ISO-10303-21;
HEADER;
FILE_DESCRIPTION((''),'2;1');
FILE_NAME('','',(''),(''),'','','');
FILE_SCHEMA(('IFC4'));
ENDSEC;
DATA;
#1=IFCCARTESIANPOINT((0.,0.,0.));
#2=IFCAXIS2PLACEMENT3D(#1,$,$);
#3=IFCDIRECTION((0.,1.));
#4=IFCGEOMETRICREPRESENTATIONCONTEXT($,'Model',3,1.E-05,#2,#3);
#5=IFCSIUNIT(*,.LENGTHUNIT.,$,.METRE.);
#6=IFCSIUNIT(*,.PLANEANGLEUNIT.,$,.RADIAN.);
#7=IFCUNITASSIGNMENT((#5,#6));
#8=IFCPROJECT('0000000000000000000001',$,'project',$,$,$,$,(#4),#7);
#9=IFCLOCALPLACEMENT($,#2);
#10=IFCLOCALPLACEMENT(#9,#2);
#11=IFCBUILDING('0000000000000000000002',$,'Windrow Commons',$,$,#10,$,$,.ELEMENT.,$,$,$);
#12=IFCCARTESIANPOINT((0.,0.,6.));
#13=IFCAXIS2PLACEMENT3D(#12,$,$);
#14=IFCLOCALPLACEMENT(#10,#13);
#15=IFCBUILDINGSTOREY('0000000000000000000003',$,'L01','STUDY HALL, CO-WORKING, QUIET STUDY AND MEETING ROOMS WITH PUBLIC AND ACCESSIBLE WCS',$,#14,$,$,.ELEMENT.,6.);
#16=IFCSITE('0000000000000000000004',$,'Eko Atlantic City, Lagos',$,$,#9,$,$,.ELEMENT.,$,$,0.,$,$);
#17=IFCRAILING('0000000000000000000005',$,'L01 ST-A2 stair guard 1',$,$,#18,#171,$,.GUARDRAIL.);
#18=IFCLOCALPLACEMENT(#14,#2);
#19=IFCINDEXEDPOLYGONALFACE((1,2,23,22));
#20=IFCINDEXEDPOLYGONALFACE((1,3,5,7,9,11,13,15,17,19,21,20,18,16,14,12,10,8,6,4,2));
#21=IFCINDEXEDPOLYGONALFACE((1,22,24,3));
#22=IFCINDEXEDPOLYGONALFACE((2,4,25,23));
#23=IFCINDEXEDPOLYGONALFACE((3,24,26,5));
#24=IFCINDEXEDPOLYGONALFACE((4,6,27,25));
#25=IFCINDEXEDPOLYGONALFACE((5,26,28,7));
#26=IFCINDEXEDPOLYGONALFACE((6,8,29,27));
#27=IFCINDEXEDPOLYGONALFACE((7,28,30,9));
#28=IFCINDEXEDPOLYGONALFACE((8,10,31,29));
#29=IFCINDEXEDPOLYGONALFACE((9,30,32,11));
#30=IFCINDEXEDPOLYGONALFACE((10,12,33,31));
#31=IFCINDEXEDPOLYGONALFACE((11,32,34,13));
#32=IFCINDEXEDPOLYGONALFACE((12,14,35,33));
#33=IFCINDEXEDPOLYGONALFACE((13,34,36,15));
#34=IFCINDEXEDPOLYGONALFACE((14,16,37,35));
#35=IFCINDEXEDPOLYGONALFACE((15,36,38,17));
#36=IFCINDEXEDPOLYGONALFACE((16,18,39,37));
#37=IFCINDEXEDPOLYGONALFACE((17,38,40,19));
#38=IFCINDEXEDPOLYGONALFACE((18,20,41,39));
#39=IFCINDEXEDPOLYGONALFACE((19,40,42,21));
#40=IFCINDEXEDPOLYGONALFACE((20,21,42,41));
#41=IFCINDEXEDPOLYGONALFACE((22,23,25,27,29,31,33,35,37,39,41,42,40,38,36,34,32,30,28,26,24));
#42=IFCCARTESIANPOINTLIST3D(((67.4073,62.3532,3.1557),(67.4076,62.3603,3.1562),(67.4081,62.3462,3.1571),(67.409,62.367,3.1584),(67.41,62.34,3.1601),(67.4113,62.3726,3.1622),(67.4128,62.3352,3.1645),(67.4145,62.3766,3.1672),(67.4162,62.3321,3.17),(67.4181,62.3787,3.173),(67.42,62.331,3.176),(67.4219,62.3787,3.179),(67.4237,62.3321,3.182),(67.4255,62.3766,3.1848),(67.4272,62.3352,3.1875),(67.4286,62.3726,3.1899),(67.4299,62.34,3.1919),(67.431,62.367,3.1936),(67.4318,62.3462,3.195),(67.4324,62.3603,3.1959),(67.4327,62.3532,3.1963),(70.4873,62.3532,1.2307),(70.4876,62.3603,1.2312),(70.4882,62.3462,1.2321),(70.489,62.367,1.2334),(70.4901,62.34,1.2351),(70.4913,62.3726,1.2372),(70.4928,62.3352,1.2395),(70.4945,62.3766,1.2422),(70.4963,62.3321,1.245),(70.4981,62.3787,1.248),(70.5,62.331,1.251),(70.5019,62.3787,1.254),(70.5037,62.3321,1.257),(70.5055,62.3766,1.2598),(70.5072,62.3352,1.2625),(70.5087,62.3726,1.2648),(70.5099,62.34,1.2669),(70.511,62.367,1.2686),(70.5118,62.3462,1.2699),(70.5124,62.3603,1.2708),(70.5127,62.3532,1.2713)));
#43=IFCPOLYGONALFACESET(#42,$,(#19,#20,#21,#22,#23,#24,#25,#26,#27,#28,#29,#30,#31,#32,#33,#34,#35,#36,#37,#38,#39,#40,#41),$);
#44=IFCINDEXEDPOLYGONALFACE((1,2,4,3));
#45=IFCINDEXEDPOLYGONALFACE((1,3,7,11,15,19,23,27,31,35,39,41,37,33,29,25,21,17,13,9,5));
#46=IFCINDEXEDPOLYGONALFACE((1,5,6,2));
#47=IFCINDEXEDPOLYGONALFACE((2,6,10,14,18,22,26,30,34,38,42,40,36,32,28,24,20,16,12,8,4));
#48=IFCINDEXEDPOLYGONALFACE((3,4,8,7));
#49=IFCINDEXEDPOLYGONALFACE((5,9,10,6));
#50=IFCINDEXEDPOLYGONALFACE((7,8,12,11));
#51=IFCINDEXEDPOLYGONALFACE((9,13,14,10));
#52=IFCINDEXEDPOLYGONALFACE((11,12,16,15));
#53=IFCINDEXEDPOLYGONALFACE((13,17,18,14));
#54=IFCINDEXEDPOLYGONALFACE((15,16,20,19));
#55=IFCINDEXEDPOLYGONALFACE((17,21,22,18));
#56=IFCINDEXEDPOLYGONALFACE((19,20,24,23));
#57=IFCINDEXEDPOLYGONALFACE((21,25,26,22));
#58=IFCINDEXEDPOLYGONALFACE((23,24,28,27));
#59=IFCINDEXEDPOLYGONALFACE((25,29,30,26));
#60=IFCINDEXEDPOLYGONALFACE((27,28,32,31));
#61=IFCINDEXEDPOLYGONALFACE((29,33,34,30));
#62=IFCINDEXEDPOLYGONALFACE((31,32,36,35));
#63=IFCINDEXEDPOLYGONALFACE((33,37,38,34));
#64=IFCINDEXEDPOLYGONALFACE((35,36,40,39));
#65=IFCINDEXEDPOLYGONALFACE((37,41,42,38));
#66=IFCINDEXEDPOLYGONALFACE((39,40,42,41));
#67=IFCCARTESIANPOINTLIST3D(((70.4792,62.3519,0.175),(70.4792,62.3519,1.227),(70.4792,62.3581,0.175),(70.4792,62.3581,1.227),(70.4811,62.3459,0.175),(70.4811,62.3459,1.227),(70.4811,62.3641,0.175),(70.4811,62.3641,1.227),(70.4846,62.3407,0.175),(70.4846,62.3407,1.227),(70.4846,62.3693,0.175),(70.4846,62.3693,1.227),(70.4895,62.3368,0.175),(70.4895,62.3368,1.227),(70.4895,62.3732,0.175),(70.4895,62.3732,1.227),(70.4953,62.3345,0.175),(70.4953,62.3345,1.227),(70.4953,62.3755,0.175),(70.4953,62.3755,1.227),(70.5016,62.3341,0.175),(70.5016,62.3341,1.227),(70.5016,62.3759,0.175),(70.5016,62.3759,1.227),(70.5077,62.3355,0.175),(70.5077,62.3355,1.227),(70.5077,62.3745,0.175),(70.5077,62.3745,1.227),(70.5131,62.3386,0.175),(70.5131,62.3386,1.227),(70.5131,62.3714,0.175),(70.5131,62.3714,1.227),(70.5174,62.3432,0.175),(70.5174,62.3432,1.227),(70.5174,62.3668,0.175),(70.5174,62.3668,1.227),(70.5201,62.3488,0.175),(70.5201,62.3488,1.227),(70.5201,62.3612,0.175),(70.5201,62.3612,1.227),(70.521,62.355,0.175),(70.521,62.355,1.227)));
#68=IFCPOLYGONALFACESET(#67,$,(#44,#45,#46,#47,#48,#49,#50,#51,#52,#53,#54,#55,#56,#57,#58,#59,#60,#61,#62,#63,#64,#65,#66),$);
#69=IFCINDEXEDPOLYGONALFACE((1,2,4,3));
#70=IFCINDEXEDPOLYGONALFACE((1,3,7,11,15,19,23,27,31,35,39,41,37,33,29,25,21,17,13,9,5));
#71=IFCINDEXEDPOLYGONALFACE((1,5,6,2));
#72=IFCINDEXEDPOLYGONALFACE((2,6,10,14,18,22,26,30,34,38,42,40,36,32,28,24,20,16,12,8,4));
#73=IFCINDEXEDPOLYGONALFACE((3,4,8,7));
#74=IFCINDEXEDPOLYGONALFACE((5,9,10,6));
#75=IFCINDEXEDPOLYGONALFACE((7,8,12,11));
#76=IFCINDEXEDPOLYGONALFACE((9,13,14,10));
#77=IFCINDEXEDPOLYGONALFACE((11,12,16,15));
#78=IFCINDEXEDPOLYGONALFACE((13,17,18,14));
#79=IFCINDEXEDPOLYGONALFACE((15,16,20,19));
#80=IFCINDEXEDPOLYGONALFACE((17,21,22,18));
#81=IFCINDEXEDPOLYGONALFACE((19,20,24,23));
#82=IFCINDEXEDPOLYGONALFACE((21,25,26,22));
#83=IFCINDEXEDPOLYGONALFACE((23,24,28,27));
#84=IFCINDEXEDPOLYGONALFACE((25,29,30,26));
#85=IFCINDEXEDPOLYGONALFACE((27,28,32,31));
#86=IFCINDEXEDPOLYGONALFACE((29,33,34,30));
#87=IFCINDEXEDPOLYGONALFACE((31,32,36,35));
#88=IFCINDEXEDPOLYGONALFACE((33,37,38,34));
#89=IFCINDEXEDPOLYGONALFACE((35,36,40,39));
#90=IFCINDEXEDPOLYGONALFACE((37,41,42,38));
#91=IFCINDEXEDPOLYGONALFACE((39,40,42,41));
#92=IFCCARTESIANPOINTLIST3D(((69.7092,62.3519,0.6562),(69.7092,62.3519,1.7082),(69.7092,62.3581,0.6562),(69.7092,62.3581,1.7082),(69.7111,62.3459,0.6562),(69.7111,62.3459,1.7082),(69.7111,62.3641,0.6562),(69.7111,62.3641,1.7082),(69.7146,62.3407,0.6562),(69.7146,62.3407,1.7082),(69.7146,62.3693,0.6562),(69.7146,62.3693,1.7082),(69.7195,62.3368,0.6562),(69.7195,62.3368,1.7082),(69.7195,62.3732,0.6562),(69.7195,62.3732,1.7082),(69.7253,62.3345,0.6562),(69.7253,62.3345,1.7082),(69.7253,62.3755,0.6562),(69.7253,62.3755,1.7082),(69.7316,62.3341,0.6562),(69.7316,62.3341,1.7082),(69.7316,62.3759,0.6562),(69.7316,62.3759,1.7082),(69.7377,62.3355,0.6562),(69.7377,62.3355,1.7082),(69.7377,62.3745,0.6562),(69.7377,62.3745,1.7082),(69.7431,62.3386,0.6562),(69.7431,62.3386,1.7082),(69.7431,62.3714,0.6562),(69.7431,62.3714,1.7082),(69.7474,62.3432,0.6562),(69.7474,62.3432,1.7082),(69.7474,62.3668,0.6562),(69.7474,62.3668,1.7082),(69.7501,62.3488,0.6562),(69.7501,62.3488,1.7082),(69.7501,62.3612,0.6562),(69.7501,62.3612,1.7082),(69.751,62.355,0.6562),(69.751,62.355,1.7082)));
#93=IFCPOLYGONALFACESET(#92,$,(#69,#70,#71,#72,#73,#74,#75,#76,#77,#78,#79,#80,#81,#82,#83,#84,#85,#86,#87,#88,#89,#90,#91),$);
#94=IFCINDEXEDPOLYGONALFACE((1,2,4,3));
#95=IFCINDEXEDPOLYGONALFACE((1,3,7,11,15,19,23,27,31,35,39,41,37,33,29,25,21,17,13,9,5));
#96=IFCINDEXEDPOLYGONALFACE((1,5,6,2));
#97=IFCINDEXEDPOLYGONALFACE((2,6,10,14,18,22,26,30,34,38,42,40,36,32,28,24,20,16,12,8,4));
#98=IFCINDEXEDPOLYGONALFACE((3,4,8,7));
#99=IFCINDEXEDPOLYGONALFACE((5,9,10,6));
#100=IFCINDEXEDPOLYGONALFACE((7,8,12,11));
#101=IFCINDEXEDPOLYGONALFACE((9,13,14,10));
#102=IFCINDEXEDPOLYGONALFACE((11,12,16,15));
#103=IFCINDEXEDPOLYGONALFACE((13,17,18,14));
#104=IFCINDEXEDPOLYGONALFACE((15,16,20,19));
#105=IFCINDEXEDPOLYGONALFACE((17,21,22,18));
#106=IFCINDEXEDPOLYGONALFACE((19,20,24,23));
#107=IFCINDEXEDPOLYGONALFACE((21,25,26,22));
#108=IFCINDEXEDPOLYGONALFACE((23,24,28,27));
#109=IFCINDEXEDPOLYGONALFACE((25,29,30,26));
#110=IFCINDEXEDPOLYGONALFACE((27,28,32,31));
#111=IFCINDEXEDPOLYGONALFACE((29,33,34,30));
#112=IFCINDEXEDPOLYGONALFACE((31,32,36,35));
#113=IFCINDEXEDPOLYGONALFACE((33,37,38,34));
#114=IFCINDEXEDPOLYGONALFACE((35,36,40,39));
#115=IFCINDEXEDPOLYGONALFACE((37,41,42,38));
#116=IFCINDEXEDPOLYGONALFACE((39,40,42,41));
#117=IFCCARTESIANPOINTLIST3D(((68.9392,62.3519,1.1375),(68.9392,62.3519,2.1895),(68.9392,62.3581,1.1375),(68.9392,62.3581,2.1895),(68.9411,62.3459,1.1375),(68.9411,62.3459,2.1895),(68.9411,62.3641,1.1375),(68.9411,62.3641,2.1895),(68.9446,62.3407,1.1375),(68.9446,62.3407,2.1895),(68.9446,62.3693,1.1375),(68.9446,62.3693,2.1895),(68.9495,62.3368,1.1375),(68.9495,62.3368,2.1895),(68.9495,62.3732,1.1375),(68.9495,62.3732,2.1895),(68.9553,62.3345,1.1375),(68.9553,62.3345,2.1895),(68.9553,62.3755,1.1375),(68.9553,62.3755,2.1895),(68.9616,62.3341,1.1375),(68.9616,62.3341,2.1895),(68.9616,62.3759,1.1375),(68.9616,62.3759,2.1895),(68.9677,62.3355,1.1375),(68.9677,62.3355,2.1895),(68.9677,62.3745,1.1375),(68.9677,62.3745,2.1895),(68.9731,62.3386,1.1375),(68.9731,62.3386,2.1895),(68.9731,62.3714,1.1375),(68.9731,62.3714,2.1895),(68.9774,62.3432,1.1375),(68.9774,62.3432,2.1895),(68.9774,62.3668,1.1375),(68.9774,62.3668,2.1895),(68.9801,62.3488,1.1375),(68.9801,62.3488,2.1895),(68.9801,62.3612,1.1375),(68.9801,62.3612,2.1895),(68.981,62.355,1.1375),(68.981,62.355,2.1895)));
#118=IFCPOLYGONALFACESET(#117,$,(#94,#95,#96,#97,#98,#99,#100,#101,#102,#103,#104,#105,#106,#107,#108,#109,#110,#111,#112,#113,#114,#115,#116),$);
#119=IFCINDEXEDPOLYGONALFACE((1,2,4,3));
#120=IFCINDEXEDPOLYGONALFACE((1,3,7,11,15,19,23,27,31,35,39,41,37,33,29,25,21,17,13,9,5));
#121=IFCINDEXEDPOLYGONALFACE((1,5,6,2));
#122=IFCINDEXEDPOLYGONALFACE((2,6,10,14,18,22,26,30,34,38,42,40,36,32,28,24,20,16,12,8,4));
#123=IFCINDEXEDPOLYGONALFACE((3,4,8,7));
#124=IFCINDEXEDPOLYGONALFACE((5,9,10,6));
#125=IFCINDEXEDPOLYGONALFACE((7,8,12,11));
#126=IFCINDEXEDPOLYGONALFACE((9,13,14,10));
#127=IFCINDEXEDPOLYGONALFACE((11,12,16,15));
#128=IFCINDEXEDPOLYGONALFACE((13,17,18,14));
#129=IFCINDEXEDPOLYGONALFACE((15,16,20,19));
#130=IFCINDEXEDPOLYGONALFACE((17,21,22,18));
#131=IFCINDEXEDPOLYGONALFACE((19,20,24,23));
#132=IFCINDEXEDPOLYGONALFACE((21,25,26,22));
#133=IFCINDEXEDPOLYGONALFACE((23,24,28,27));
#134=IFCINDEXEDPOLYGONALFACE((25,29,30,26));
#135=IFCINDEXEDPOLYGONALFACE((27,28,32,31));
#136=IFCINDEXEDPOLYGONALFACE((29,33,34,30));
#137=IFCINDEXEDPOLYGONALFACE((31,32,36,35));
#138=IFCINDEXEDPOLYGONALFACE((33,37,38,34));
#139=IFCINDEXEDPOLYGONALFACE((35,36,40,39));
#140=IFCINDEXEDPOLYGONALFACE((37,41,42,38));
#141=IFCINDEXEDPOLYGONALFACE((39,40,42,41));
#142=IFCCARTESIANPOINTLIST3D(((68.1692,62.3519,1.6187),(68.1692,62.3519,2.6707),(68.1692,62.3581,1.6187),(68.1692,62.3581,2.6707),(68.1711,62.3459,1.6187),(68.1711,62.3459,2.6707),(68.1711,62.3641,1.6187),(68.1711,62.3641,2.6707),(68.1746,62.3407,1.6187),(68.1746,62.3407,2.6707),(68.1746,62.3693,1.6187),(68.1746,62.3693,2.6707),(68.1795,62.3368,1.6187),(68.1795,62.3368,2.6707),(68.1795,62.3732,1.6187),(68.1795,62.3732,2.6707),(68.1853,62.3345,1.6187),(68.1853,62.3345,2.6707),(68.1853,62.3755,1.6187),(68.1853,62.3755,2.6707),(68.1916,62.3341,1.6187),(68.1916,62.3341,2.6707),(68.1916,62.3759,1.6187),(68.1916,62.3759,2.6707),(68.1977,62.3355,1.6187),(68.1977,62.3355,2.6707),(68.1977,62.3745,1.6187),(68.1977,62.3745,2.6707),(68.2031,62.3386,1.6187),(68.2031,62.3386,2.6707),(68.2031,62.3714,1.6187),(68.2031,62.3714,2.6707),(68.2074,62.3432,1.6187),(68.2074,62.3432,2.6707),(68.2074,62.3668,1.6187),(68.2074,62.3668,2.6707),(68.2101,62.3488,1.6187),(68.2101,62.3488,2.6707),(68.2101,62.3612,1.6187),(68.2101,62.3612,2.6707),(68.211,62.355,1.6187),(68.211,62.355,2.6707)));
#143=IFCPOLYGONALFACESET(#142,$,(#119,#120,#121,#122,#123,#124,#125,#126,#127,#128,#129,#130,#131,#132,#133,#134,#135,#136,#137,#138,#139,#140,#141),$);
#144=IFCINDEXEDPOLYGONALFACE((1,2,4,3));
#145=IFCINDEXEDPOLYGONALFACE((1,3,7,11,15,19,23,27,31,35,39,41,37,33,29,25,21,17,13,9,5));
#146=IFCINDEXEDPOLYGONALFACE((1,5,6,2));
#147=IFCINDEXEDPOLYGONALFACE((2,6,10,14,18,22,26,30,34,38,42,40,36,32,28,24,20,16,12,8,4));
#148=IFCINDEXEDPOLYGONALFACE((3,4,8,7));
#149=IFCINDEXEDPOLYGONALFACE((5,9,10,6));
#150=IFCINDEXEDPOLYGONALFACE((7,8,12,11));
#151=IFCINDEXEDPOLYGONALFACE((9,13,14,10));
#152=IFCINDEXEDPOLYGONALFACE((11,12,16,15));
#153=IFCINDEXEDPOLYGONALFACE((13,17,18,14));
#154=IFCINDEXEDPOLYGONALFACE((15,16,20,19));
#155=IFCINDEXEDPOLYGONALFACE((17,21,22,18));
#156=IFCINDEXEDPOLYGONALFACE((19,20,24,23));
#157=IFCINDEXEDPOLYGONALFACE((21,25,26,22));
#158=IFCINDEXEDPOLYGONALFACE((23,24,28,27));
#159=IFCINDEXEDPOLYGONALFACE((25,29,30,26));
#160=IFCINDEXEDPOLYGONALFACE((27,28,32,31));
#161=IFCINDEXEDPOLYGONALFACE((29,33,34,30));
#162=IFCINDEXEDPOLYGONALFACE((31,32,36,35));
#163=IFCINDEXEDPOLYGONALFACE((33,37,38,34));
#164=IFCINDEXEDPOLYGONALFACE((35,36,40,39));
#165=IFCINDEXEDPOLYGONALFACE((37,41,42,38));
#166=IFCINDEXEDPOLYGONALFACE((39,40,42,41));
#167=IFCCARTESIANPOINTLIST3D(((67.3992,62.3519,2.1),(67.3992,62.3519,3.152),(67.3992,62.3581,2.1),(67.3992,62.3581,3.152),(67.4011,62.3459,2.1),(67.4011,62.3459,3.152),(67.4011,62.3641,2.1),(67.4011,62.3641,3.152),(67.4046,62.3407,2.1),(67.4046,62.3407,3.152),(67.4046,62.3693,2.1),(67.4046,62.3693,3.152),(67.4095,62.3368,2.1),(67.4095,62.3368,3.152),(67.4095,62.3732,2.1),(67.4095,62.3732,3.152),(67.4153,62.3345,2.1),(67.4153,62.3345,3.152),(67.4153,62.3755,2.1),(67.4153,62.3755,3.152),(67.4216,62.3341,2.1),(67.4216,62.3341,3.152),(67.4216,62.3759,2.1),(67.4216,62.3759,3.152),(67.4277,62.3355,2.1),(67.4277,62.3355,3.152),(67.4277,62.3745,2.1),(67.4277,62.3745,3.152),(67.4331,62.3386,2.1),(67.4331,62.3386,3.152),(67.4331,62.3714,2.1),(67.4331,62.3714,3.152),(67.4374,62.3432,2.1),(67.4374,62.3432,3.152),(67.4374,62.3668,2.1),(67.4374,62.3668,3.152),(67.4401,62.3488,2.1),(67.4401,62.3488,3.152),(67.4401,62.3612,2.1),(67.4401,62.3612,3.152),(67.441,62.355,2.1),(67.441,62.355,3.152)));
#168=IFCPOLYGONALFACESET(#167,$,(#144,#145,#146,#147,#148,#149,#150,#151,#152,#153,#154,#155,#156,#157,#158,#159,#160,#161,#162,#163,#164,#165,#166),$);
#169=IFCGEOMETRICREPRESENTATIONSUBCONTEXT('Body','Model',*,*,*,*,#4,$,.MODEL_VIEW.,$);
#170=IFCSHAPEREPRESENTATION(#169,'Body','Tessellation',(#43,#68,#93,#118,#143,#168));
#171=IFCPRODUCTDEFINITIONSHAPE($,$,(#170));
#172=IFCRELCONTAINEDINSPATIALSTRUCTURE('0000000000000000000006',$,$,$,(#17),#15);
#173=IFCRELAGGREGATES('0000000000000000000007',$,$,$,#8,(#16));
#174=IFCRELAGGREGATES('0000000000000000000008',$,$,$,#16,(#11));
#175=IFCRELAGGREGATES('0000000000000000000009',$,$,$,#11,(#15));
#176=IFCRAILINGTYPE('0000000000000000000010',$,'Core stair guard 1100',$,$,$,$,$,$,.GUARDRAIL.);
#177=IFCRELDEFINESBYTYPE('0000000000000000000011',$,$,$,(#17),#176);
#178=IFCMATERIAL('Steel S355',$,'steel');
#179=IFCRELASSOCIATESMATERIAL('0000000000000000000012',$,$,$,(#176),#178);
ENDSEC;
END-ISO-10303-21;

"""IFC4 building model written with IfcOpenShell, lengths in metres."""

from ifc_helpers import new_model, si_unit, direction, frame, origin, origin_2d, place, context, subcontext, project, spatial, circle, extrude, material, type_object, element, save


model = new_model("IFC4")

# Units and contexts
model_context = context("Model", 3, precision=1e-05, world=origin(), true_north=direction((0.0, 1.0)))
body_context = subcontext(model_context, "Body", "Model", "MODEL_VIEW")
ifc_project = project(units=[si_unit("LENGTHUNIT", "METRE"), si_unit("PLANEANGLEUNIT", "RADIAN")], contexts=[model_context])

# Site, building, storey
site_placement = place(None, origin())
site = spatial("IfcSite", under=ifc_project, at=site_placement, Name="Eko Atlantic City, Lagos", CompositionType="ELEMENT", RefElevation=0.0)
building_placement = place(site_placement, origin())
building = spatial("IfcBuilding", under=site, at=building_placement, Name="Windrow Commons", CompositionType="ELEMENT")
storey_placement = place(building_placement, frame((0.0, 0.0, 6.0)))
storey = spatial("IfcBuildingStorey", under=building, at=storey_placement, Name="L01", Description="STUDY HALL, CO-WORKING, QUIET STUDY AND MEETING ROOMS WITH PUBLIC AND ACCESSIBLE WCS", CompositionType="ELEMENT", Elevation=6.0)

# Railing
ifc_material_1 = material(Name="Steel S355", Category="steel")
railing_type_1 = type_object("IfcRailingType", Name="Core stair guard 1100", PredefinedType="GUARDRAIL", material=ifc_material_1)
railing_1_placement = place(storey_placement, frame((70.5, 62.355, 0.175)))
element("IfcRailing", 1, at=railing_1_placement, inside=storey, type_object=railing_type_1, Name="L01 ST-A2 stair guard 1", PredefinedType="GUARDRAIL", context=body_context, shape_type="SweptSolid", body=[
    extrude(circle(Radius=0.024, at=origin_2d()), frame((0.0, 0.0, 1.076), z_axis=(-0.847998, 0.0, 0.529999), x_axis=(0.0, -1.0, 0.0)), (0.0, 0.0, 1.0), 3.6321),
    extrude(circle(Radius=0.021, at=origin_2d()), origin(), (0.0, 0.0, 1.0), 1.052),
    extrude(circle(Radius=0.021, at=origin_2d()), frame((-0.77, 0.0, 0.4812)), (0.0, 0.0, 1.0), 1.052),
    extrude(circle(Radius=0.021, at=origin_2d()), frame((-1.54, 0.0, 0.9625)), (0.0, 0.0, 1.0), 1.052),
    extrude(circle(Radius=0.021, at=origin_2d()), frame((-2.31, 0.0, 1.4437)), (0.0, 0.0, 1.0), 1.052),
    extrude(circle(Radius=0.021, at=origin_2d()), frame((-3.08, 0.0, 1.925)), (0.0, 0.0, 1.0), 1.052),
])

save(model, "model.ifc")
